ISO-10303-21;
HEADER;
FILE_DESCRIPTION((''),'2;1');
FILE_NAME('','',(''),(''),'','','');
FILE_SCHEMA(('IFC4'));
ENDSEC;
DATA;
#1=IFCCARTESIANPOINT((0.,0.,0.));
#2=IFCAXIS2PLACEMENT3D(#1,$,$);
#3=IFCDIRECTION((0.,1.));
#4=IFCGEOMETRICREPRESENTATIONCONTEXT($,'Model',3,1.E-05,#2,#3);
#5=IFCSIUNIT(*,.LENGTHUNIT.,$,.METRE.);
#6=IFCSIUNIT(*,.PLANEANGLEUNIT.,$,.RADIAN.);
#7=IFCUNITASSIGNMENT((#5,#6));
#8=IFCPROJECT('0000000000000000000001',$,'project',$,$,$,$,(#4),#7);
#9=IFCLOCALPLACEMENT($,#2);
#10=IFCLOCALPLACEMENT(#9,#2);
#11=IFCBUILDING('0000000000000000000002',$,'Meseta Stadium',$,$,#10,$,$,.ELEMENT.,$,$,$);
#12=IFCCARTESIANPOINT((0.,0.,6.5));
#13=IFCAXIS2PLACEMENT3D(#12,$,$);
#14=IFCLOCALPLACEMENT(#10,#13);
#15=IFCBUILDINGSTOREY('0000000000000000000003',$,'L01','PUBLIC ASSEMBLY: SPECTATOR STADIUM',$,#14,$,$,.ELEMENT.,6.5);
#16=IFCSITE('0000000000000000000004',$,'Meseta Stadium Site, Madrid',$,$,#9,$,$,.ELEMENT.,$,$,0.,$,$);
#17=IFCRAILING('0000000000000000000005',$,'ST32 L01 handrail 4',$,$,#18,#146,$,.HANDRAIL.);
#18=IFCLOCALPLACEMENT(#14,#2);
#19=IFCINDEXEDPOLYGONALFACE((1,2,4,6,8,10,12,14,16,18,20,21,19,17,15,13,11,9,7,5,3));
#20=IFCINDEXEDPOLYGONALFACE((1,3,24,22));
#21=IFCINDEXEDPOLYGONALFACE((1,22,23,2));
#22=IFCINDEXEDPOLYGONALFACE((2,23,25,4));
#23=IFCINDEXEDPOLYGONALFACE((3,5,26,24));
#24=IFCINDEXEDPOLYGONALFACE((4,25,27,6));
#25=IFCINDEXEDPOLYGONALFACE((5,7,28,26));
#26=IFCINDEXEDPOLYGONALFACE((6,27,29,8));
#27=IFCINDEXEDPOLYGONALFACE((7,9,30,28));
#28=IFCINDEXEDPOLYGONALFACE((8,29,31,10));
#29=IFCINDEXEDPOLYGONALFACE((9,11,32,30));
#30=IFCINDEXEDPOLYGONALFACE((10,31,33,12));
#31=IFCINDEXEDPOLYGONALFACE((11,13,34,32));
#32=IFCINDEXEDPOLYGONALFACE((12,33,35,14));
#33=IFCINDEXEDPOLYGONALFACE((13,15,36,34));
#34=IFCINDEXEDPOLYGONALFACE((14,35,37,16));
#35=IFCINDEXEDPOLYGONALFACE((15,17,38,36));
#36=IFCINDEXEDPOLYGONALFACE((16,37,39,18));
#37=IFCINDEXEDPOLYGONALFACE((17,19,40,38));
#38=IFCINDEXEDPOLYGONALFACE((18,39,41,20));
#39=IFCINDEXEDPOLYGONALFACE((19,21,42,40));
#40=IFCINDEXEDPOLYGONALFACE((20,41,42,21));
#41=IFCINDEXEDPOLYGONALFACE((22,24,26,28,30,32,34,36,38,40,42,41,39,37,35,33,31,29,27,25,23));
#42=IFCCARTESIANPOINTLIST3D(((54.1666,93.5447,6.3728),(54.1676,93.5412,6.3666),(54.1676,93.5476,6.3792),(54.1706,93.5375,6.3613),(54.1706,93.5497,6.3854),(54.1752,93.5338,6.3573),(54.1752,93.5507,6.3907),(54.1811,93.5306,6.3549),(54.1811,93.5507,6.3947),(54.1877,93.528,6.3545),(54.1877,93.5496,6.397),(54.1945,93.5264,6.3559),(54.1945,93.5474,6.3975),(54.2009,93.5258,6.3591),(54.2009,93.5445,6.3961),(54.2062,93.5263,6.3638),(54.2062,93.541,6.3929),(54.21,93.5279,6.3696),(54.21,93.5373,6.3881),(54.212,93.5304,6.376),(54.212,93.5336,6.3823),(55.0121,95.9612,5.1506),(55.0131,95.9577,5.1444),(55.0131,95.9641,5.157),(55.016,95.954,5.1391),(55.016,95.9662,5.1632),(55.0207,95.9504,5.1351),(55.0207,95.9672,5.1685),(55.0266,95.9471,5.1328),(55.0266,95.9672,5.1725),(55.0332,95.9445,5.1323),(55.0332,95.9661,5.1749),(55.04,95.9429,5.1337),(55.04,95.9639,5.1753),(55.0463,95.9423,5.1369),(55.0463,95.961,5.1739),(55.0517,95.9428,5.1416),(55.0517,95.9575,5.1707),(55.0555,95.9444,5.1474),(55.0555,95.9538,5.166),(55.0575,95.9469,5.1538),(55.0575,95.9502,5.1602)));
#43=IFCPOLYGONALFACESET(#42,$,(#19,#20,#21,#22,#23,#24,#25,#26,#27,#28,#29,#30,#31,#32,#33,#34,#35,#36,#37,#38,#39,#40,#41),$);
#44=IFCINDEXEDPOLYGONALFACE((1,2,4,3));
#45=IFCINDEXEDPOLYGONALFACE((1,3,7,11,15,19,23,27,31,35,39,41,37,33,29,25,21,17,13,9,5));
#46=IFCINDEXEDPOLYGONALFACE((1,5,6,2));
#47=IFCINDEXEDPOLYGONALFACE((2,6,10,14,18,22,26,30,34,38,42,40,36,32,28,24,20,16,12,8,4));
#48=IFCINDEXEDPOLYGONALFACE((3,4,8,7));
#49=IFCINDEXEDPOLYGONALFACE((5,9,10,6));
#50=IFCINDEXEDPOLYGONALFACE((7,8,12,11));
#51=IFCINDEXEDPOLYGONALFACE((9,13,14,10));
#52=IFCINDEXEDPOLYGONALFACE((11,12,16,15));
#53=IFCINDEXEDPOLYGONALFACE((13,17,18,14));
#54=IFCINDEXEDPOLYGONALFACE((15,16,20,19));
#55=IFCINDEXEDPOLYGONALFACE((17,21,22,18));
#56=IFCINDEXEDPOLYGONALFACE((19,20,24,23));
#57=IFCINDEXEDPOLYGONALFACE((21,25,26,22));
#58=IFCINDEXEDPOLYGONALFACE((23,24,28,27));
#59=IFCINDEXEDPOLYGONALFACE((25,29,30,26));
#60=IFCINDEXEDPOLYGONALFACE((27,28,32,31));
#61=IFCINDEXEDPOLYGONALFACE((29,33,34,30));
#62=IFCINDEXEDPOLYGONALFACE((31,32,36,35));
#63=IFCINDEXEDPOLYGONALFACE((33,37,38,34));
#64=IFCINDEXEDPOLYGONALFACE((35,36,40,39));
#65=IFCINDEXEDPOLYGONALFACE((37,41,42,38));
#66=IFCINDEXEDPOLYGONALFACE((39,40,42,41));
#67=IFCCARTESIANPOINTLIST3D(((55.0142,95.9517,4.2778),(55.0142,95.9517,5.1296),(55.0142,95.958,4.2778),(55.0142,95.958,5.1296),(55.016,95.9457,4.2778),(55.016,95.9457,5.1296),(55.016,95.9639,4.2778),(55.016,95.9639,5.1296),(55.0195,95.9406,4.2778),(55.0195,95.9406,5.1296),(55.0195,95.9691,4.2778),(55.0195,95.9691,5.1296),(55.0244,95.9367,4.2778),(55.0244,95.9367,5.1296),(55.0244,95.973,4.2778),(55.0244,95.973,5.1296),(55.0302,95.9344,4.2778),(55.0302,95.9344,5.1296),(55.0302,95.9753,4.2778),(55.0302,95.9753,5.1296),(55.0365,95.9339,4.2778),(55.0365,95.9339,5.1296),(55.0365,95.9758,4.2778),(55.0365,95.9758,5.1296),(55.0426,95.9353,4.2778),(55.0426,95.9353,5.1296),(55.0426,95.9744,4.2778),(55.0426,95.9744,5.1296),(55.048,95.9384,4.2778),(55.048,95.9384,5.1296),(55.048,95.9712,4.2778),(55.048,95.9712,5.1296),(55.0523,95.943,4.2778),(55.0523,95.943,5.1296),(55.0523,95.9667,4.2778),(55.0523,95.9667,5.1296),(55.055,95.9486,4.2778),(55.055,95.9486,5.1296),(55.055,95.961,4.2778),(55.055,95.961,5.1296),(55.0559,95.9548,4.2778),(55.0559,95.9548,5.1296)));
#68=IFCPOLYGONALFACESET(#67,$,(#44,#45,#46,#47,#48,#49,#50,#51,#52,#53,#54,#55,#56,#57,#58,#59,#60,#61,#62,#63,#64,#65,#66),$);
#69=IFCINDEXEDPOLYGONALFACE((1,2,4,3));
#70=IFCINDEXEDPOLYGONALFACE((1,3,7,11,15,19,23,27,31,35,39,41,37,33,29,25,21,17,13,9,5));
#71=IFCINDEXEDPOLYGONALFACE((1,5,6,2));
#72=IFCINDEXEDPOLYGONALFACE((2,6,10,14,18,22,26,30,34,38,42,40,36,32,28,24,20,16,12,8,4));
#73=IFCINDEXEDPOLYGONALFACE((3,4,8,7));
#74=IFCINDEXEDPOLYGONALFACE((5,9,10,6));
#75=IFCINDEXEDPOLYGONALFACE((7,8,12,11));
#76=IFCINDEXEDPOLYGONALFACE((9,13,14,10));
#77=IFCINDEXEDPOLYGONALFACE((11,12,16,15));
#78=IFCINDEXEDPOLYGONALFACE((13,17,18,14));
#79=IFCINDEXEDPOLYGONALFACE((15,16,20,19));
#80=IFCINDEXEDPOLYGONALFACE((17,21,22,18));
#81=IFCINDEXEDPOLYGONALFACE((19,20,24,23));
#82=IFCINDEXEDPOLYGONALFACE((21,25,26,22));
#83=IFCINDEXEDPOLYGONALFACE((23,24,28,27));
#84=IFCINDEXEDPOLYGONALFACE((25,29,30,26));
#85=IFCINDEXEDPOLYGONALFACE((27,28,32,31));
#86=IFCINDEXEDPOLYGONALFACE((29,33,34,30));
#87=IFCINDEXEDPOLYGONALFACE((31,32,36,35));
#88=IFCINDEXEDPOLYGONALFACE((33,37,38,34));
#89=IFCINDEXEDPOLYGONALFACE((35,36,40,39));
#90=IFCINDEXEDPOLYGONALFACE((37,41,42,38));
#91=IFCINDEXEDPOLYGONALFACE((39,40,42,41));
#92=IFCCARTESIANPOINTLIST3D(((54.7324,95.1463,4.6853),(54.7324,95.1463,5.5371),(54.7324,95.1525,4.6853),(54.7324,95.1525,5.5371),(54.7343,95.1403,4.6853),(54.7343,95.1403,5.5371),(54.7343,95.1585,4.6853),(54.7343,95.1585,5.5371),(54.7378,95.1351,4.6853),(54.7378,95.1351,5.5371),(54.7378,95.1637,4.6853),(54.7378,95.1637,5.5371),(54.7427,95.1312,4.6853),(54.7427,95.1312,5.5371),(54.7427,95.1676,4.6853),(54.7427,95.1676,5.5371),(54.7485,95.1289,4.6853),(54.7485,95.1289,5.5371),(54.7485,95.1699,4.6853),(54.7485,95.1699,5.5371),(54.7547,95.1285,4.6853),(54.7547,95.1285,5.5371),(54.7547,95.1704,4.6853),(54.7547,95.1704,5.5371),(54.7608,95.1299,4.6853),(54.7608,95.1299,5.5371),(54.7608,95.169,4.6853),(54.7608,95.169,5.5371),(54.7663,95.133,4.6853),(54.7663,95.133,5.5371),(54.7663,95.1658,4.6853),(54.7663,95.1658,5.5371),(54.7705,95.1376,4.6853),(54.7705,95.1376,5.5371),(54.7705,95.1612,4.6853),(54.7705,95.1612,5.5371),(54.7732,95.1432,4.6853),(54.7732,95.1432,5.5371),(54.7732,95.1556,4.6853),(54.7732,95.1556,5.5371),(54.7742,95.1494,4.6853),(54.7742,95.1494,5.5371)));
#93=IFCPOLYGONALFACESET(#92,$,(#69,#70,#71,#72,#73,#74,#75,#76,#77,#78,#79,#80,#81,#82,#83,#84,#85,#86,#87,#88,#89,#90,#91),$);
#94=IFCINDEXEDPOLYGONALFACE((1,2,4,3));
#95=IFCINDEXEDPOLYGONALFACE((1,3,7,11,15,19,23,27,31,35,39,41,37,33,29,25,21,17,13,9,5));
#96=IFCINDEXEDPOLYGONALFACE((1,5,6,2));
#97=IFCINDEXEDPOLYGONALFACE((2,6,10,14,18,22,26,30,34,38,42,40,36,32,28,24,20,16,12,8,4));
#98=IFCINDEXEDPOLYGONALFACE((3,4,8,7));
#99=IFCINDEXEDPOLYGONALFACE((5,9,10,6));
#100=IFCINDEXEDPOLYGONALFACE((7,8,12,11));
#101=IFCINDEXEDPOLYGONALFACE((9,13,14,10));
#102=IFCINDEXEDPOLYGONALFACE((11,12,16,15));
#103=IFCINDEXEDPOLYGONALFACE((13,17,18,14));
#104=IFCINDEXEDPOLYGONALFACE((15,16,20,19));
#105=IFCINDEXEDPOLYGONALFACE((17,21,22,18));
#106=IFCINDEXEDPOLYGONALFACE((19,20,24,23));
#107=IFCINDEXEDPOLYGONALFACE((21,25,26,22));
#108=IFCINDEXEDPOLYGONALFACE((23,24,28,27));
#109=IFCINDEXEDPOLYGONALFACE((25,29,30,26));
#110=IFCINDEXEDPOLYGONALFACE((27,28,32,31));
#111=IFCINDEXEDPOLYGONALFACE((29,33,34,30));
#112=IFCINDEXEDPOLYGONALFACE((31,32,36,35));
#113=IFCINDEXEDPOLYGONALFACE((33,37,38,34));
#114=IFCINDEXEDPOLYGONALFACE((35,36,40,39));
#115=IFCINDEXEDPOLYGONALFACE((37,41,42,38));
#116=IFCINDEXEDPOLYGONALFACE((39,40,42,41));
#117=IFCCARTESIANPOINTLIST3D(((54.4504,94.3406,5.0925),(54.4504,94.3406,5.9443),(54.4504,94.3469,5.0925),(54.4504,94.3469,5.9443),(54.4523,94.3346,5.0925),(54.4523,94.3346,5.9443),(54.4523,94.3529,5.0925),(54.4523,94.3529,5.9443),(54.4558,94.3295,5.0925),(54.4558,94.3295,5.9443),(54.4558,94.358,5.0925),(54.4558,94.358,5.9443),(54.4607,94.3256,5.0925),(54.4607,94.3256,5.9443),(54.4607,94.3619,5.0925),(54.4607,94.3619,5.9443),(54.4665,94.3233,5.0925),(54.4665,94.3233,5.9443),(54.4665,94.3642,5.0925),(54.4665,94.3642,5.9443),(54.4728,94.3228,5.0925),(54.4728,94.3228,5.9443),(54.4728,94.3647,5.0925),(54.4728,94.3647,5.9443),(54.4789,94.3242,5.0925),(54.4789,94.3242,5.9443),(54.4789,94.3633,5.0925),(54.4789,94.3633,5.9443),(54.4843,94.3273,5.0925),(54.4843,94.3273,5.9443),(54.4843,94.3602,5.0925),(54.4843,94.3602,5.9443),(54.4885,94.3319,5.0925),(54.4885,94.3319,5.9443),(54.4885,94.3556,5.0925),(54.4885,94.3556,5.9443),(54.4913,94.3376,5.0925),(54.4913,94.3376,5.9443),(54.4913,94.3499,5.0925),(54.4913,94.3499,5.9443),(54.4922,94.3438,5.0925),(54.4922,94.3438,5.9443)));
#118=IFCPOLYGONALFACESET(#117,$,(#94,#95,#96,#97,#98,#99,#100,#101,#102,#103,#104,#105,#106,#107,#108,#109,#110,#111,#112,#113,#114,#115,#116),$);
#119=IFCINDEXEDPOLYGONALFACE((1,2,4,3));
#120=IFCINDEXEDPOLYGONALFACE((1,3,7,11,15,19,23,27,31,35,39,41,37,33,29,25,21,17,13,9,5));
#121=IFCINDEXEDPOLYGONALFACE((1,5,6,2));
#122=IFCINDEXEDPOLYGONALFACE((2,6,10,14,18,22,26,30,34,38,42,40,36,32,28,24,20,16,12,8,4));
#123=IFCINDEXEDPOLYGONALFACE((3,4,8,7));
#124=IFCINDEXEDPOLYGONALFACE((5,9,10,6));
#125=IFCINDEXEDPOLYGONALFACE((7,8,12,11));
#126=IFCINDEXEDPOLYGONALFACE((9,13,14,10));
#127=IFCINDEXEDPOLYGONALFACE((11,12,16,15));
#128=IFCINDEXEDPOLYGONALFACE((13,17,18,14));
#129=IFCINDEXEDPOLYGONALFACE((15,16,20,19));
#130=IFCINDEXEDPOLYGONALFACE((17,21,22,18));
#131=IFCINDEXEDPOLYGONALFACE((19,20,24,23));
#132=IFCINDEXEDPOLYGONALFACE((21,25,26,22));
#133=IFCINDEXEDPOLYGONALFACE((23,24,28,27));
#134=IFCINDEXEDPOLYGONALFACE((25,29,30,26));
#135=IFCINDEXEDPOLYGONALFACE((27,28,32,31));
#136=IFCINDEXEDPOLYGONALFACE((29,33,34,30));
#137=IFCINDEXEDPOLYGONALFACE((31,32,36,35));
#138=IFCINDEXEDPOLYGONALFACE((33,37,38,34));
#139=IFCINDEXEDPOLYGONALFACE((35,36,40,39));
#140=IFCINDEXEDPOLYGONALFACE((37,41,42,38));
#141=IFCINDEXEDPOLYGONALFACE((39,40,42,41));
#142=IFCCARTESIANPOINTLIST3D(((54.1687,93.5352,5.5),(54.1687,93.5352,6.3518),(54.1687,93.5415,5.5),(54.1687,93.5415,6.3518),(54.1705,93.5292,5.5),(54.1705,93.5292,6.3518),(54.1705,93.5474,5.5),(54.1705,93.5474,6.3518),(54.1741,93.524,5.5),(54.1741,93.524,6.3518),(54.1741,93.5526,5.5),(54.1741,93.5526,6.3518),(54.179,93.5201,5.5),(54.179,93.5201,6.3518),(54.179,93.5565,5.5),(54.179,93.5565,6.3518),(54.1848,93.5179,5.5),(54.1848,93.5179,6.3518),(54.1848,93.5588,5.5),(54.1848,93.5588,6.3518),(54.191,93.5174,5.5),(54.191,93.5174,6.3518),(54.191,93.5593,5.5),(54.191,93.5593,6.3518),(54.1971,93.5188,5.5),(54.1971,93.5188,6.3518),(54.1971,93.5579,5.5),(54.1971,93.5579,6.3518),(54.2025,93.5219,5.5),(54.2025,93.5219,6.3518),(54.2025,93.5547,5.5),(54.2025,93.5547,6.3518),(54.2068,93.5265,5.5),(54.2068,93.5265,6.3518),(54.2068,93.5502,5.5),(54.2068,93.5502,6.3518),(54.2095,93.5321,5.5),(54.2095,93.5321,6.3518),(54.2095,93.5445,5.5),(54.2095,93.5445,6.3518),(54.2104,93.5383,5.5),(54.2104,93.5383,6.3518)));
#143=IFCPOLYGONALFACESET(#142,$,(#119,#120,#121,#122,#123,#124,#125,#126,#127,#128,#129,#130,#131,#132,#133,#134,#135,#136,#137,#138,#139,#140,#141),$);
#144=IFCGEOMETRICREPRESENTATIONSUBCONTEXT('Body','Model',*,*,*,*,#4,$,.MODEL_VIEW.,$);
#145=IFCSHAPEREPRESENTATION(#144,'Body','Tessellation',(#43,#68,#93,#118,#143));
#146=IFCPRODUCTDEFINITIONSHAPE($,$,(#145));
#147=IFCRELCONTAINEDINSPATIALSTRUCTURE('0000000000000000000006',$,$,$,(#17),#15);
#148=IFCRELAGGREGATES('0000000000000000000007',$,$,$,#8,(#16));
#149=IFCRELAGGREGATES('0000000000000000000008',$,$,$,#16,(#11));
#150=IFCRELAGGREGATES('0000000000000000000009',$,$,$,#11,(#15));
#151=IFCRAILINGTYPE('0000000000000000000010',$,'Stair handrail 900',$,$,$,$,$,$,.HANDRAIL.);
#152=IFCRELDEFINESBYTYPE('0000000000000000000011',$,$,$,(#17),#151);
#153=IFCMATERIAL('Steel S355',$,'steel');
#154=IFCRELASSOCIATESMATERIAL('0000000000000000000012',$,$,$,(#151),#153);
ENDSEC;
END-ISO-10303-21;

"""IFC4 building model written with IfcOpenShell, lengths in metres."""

from ifc_helpers import new_model, si_unit, direction, frame, origin, origin_2d, place, context, subcontext, project, spatial, circle, extrude, material, type_object, element, save


model = new_model("IFC4")

# Units and contexts
model_context = context("Model", 3, precision=1e-05, world=origin(), true_north=direction((0.0, 1.0)))
body_context = subcontext(model_context, "Body", "Model", "MODEL_VIEW")
ifc_project = project(units=[si_unit("LENGTHUNIT", "METRE"), si_unit("PLANEANGLEUNIT", "RADIAN")], contexts=[model_context])

# Site, building, storey
site_placement = place(None, origin())
site = spatial("IfcSite", under=ifc_project, at=site_placement, Name="Meseta Stadium Site, Madrid", CompositionType="ELEMENT", RefElevation=0.0)
building_placement = place(site_placement, origin())
building = spatial("IfcBuilding", under=site, at=building_placement, Name="Meseta Stadium", CompositionType="ELEMENT")
storey_placement = place(building_placement, frame((0.0, 0.0, 6.5)))
storey = spatial("IfcBuildingStorey", under=building, at=storey_placement, Name="L01", Description="PUBLIC ASSEMBLY: SPECTATOR STADIUM", CompositionType="ELEMENT", Elevation=6.5)

# Railing
ifc_material_1 = material(Name="Steel S355", Category="steel")
railing_type_1 = type_object("IfcRailingType", Name="Stair handrail 900", PredefinedType="HANDRAIL", material=ifc_material_1)
for number, where, name in (
    (1, (55.0349, 95.9548, 4.2778), "ST32 L01 handrail 4"),
):
    element("IfcRailing", number, at=place(storey_placement, frame(where)), inside=storey, type_object=railing_type_1, Name=name, PredefinedType="HANDRAIL", context=body_context, shape_type="SweptSolid", body=[
        extrude(circle(Radius=0.0239, at=origin_2d()), frame((0.0, 0.0, 0.876), z_axis=(-0.298022, -0.851812, 0.430811), x_axis=(0.943897, -0.33024, 0.0)), (0.0, 0.0, 1.0), 2.8369),
        extrude(circle(Radius=0.021, at=origin_2d()), origin(), (0.0, 0.0, 1.0), 0.8518),
        extrude(circle(Radius=0.021, at=origin_2d()), frame((-0.2817, -0.8054, 0.4075)), (0.0, 0.0, 1.0), 0.8518),
        extrude(circle(Radius=0.021, at=origin_2d()), frame((-0.5637, -1.6111, 0.8147)), (0.0, 0.0, 1.0), 0.8518),
        extrude(circle(Radius=0.021, at=origin_2d()), frame((-0.8455, -2.4165, 1.2222)), (0.0, 0.0, 1.0), 0.8518),
    ])

save(model, "model.ifc")
